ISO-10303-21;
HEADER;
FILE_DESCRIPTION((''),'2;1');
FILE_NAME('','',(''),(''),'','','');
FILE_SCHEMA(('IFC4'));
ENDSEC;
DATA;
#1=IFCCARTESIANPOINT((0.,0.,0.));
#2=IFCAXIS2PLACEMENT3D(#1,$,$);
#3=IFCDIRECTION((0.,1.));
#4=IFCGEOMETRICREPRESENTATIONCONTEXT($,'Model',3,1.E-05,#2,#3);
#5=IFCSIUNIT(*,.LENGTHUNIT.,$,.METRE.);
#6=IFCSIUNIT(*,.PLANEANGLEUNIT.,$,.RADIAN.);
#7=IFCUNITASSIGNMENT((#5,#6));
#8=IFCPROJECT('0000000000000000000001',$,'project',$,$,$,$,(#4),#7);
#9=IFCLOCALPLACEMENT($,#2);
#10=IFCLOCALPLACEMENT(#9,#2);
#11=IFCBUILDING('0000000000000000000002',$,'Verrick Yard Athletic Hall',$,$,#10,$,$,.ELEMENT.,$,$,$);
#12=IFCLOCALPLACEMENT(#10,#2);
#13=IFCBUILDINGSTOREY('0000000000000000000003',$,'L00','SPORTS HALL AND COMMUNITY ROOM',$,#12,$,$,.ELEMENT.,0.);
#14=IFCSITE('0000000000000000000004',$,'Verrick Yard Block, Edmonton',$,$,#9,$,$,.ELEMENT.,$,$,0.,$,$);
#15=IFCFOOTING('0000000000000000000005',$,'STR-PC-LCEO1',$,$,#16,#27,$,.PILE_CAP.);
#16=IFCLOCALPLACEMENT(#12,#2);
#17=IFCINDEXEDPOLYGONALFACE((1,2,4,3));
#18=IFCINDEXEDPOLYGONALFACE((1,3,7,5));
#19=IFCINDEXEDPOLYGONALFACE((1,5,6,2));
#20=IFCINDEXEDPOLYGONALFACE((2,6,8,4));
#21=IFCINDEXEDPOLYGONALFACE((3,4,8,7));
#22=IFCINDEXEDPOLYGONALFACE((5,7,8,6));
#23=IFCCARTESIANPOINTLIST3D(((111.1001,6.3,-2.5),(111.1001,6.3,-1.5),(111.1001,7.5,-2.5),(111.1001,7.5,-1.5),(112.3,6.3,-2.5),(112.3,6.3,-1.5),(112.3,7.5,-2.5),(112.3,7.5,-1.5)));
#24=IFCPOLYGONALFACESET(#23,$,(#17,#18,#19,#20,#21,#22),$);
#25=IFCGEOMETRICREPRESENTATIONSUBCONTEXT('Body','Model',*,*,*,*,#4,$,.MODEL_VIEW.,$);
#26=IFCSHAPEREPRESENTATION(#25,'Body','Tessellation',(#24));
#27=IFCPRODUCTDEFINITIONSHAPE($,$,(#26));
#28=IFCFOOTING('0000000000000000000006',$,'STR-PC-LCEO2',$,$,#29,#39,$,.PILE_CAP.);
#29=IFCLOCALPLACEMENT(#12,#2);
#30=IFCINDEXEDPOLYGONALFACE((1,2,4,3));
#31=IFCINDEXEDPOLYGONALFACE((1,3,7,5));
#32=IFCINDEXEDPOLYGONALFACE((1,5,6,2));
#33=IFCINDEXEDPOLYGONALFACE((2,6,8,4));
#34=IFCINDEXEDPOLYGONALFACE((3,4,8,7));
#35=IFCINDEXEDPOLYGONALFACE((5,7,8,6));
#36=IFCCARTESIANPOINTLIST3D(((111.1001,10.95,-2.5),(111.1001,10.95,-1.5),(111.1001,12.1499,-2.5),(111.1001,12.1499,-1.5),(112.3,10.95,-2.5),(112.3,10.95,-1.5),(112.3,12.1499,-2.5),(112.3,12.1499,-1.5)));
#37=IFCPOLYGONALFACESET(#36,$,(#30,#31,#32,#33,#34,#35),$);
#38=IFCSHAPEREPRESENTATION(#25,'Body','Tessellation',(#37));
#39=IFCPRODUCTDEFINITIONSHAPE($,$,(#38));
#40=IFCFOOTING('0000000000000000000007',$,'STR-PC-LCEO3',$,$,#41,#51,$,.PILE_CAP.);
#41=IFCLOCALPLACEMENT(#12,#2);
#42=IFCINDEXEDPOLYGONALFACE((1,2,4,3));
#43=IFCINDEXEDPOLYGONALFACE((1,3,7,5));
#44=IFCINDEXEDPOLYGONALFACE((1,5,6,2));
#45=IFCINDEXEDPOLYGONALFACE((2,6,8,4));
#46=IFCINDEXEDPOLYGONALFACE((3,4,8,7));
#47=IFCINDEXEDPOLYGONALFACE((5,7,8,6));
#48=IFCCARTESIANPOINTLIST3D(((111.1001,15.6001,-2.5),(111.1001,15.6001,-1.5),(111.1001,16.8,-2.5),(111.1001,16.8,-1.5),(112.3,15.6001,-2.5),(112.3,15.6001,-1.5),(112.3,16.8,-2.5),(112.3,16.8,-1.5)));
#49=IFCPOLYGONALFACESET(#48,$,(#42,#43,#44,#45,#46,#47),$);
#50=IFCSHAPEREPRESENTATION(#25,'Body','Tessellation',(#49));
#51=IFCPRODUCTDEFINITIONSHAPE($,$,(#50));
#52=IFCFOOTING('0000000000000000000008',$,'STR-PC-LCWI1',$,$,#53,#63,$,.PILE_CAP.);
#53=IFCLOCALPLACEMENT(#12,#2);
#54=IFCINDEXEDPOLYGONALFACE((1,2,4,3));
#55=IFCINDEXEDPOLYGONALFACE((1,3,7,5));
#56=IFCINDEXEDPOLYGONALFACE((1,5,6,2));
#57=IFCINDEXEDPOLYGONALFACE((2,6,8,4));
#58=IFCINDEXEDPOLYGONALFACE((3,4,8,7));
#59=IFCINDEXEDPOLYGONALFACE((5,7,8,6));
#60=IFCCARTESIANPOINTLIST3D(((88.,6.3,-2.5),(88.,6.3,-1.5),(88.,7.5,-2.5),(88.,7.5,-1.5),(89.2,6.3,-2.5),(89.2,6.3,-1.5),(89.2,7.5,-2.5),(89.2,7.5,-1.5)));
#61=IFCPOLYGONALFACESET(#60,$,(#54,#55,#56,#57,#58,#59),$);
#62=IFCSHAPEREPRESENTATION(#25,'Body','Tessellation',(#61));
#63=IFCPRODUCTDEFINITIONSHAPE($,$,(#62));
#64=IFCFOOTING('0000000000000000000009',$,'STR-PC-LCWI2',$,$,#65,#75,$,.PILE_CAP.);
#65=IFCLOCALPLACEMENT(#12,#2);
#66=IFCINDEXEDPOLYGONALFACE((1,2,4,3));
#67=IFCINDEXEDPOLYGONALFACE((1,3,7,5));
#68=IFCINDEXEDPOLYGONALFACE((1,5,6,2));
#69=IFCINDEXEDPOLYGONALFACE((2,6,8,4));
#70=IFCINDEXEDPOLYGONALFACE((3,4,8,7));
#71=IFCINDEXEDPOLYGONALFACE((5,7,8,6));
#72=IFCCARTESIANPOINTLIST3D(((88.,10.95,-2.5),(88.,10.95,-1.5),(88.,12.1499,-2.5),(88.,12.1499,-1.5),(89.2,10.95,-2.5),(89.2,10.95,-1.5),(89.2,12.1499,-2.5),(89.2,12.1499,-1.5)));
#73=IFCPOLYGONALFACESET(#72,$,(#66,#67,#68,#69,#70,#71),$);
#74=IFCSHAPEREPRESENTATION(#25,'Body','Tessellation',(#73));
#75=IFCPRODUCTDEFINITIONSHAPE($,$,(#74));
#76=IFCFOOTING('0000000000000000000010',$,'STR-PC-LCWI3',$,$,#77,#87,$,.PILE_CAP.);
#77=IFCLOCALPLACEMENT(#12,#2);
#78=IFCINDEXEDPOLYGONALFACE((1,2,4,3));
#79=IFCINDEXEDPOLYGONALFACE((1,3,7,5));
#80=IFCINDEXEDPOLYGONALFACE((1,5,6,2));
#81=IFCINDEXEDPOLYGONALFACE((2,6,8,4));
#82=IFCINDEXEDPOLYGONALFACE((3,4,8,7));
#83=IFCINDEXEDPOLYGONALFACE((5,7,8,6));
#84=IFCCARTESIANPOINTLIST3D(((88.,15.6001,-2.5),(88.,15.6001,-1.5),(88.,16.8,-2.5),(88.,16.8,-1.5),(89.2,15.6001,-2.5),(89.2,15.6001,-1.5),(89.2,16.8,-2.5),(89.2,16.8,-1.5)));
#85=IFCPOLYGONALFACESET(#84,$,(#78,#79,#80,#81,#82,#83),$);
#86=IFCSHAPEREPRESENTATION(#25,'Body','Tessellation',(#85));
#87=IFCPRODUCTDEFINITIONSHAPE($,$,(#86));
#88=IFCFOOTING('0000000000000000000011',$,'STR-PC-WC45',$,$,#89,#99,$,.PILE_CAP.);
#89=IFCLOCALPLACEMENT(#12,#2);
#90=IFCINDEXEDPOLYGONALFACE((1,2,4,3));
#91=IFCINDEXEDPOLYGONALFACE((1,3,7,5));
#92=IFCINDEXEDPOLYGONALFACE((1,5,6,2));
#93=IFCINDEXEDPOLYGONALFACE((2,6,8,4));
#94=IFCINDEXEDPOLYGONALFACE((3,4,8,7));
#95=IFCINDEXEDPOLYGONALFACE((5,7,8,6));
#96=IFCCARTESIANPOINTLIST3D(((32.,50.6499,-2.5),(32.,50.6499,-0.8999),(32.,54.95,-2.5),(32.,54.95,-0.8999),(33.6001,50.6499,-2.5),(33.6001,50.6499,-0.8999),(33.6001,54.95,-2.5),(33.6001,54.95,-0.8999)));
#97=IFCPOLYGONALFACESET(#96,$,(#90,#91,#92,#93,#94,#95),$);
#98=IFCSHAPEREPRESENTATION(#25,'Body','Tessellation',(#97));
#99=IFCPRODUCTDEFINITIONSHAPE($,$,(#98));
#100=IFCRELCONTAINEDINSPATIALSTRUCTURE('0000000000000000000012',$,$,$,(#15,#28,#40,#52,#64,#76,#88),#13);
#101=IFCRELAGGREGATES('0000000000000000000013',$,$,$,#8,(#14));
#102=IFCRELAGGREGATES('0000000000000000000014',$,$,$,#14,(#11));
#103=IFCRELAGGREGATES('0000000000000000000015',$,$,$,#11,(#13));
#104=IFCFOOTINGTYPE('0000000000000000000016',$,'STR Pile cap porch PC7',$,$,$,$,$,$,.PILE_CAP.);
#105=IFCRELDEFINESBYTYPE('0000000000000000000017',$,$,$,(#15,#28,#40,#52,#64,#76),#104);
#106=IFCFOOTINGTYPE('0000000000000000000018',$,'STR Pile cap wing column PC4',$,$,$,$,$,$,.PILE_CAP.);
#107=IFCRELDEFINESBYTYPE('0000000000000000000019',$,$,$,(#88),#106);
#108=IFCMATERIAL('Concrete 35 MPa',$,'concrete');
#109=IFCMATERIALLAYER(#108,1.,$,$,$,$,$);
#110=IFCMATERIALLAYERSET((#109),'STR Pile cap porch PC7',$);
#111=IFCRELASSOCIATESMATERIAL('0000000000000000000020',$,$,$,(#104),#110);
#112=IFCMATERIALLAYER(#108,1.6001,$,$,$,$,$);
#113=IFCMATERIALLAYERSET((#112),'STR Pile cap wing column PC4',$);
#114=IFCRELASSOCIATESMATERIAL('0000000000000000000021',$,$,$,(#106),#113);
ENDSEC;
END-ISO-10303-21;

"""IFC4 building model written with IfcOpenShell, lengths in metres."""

from ifc_helpers import new_model, si_unit, direction, frame, origin, place, context, subcontext, project, spatial, polyline, outline, extrude, material, layer, layer_set, type_object, element, save


model = new_model("IFC4")

# Units and contexts
model_context = context("Model", 3, precision=1e-05, world=origin(), true_north=direction((0.0, 1.0)))
body_context = subcontext(model_context, "Body", "Model", "MODEL_VIEW")
ifc_project = project(units=[si_unit("LENGTHUNIT", "METRE"), si_unit("PLANEANGLEUNIT", "RADIAN")], contexts=[model_context])

# Site, building, storey
site_placement = place(None, origin())
site = spatial("IfcSite", under=ifc_project, at=site_placement, Name="Verrick Yard Block, Edmonton", CompositionType="ELEMENT", RefElevation=0.0)
building_placement = place(site_placement, origin())
building = spatial("IfcBuilding", under=site, at=building_placement, Name="Verrick Yard Athletic Hall", CompositionType="ELEMENT")
storey_placement = place(building_placement, origin())
storey = spatial("IfcBuildingStorey", under=building, at=storey_placement, Name="L00", Description="SPORTS HALL AND COMMUNITY ROOM", CompositionType="ELEMENT", Elevation=0.0)

# Footings
ifc_material = material(Name="Concrete 35 MPa", Category="concrete")
ifc_layer_1 = layer(ifc_material, 1.0)
ifc_layer_set_1 = layer_set([ifc_layer_1], Name="STR Pile cap porch PC7")
footing_type_1 = type_object("IfcFootingType", Name="STR Pile cap porch PC7", PredefinedType="PILE_CAP", material=ifc_layer_set_1)
footing_1_placement = place(storey_placement, frame((0.0, 0.0, -2.5)))
element("IfcFooting", 1, at=footing_1_placement, inside=storey, type_object=footing_type_1, Name="STR-PC-LCEO1", PredefinedType="PILE_CAP", context=body_context, shape_type="SweptSolid", body=[
    extrude(outline(polyline([(111.1001, 6.3), (112.3, 6.3), (112.3, 7.5), (111.1001, 7.5), (111.1001, 6.3)])), origin(), (0.0, 0.0, 1.0), 1.0),
])
footing_2_placement = place(storey_placement, frame((0.0, 0.0, -2.5)))
element("IfcFooting", 2, at=footing_2_placement, inside=storey, type_object=footing_type_1, Name="STR-PC-LCEO2", PredefinedType="PILE_CAP", context=body_context, shape_type="SweptSolid", body=[
    extrude(outline(polyline([(111.1001, 10.95), (112.3, 10.95), (112.3, 12.1499), (111.1001, 12.1499), (111.1001, 10.95)])), origin(), (0.0, 0.0, 1.0), 1.0),
])
footing_3_placement = place(storey_placement, frame((0.0, 0.0, -2.5)))
element("IfcFooting", 3, at=footing_3_placement, inside=storey, type_object=footing_type_1, Name="STR-PC-LCEO3", PredefinedType="PILE_CAP", context=body_context, shape_type="SweptSolid", body=[
    extrude(outline(polyline([(111.1001, 15.6001), (112.3, 15.6001), (112.3, 16.8), (111.1001, 16.8), (111.1001, 15.6001)])), origin(), (0.0, 0.0, 1.0), 1.0),
])
footing_4_placement = place(storey_placement, frame((0.0, 0.0, -2.5)))
element("IfcFooting", 4, at=footing_4_placement, inside=storey, type_object=footing_type_1, Name="STR-PC-LCWI1", PredefinedType="PILE_CAP", context=body_context, shape_type="SweptSolid", body=[
    extrude(outline(polyline([(88.0, 6.3), (89.2, 6.3), (89.2, 7.5), (88.0, 7.5), (88.0, 6.3)])), origin(), (0.0, 0.0, 1.0), 1.0),
])
footing_5_placement = place(storey_placement, frame((0.0, 0.0, -2.5)))
element("IfcFooting", 5, at=footing_5_placement, inside=storey, type_object=footing_type_1, Name="STR-PC-LCWI2", PredefinedType="PILE_CAP", context=body_context, shape_type="SweptSolid", body=[
    extrude(outline(polyline([(88.0, 10.95), (89.2, 10.95), (89.2, 12.1499), (88.0, 12.1499), (88.0, 10.95)])), origin(), (0.0, 0.0, 1.0), 1.0),
])
footing_6_placement = place(storey_placement, frame((0.0, 0.0, -2.5)))
element("IfcFooting", 6, at=footing_6_placement, inside=storey, type_object=footing_type_1, Name="STR-PC-LCWI3", PredefinedType="PILE_CAP", context=body_context, shape_type="SweptSolid", body=[
    extrude(outline(polyline([(88.0, 15.6001), (89.2, 15.6001), (89.2, 16.8), (88.0, 16.8), (88.0, 15.6001)])), origin(), (0.0, 0.0, 1.0), 1.0),
])
ifc_layer_2 = layer(ifc_material, 1.6001)
ifc_layer_set_2 = layer_set([ifc_layer_2], Name="STR Pile cap wing column PC4")
footing_type_2 = type_object("IfcFootingType", Name="STR Pile cap wing column PC4", PredefinedType="PILE_CAP", material=ifc_layer_set_2)
footing_7_placement = place(storey_placement, frame((0.0, 0.0, -2.5)))
element("IfcFooting", 7, at=footing_7_placement, inside=storey, type_object=footing_type_2, Name="STR-PC-WC45", PredefinedType="PILE_CAP", context=body_context, shape_type="SweptSolid", body=[
    extrude(outline(polyline([(32.0, 50.6499), (33.6001, 50.6499), (33.6001, 54.95), (32.0, 54.95), (32.0, 50.6499)])), origin(), (0.0, 0.0, 1.0), 1.6001),
])

save(model, "model.ifc")
